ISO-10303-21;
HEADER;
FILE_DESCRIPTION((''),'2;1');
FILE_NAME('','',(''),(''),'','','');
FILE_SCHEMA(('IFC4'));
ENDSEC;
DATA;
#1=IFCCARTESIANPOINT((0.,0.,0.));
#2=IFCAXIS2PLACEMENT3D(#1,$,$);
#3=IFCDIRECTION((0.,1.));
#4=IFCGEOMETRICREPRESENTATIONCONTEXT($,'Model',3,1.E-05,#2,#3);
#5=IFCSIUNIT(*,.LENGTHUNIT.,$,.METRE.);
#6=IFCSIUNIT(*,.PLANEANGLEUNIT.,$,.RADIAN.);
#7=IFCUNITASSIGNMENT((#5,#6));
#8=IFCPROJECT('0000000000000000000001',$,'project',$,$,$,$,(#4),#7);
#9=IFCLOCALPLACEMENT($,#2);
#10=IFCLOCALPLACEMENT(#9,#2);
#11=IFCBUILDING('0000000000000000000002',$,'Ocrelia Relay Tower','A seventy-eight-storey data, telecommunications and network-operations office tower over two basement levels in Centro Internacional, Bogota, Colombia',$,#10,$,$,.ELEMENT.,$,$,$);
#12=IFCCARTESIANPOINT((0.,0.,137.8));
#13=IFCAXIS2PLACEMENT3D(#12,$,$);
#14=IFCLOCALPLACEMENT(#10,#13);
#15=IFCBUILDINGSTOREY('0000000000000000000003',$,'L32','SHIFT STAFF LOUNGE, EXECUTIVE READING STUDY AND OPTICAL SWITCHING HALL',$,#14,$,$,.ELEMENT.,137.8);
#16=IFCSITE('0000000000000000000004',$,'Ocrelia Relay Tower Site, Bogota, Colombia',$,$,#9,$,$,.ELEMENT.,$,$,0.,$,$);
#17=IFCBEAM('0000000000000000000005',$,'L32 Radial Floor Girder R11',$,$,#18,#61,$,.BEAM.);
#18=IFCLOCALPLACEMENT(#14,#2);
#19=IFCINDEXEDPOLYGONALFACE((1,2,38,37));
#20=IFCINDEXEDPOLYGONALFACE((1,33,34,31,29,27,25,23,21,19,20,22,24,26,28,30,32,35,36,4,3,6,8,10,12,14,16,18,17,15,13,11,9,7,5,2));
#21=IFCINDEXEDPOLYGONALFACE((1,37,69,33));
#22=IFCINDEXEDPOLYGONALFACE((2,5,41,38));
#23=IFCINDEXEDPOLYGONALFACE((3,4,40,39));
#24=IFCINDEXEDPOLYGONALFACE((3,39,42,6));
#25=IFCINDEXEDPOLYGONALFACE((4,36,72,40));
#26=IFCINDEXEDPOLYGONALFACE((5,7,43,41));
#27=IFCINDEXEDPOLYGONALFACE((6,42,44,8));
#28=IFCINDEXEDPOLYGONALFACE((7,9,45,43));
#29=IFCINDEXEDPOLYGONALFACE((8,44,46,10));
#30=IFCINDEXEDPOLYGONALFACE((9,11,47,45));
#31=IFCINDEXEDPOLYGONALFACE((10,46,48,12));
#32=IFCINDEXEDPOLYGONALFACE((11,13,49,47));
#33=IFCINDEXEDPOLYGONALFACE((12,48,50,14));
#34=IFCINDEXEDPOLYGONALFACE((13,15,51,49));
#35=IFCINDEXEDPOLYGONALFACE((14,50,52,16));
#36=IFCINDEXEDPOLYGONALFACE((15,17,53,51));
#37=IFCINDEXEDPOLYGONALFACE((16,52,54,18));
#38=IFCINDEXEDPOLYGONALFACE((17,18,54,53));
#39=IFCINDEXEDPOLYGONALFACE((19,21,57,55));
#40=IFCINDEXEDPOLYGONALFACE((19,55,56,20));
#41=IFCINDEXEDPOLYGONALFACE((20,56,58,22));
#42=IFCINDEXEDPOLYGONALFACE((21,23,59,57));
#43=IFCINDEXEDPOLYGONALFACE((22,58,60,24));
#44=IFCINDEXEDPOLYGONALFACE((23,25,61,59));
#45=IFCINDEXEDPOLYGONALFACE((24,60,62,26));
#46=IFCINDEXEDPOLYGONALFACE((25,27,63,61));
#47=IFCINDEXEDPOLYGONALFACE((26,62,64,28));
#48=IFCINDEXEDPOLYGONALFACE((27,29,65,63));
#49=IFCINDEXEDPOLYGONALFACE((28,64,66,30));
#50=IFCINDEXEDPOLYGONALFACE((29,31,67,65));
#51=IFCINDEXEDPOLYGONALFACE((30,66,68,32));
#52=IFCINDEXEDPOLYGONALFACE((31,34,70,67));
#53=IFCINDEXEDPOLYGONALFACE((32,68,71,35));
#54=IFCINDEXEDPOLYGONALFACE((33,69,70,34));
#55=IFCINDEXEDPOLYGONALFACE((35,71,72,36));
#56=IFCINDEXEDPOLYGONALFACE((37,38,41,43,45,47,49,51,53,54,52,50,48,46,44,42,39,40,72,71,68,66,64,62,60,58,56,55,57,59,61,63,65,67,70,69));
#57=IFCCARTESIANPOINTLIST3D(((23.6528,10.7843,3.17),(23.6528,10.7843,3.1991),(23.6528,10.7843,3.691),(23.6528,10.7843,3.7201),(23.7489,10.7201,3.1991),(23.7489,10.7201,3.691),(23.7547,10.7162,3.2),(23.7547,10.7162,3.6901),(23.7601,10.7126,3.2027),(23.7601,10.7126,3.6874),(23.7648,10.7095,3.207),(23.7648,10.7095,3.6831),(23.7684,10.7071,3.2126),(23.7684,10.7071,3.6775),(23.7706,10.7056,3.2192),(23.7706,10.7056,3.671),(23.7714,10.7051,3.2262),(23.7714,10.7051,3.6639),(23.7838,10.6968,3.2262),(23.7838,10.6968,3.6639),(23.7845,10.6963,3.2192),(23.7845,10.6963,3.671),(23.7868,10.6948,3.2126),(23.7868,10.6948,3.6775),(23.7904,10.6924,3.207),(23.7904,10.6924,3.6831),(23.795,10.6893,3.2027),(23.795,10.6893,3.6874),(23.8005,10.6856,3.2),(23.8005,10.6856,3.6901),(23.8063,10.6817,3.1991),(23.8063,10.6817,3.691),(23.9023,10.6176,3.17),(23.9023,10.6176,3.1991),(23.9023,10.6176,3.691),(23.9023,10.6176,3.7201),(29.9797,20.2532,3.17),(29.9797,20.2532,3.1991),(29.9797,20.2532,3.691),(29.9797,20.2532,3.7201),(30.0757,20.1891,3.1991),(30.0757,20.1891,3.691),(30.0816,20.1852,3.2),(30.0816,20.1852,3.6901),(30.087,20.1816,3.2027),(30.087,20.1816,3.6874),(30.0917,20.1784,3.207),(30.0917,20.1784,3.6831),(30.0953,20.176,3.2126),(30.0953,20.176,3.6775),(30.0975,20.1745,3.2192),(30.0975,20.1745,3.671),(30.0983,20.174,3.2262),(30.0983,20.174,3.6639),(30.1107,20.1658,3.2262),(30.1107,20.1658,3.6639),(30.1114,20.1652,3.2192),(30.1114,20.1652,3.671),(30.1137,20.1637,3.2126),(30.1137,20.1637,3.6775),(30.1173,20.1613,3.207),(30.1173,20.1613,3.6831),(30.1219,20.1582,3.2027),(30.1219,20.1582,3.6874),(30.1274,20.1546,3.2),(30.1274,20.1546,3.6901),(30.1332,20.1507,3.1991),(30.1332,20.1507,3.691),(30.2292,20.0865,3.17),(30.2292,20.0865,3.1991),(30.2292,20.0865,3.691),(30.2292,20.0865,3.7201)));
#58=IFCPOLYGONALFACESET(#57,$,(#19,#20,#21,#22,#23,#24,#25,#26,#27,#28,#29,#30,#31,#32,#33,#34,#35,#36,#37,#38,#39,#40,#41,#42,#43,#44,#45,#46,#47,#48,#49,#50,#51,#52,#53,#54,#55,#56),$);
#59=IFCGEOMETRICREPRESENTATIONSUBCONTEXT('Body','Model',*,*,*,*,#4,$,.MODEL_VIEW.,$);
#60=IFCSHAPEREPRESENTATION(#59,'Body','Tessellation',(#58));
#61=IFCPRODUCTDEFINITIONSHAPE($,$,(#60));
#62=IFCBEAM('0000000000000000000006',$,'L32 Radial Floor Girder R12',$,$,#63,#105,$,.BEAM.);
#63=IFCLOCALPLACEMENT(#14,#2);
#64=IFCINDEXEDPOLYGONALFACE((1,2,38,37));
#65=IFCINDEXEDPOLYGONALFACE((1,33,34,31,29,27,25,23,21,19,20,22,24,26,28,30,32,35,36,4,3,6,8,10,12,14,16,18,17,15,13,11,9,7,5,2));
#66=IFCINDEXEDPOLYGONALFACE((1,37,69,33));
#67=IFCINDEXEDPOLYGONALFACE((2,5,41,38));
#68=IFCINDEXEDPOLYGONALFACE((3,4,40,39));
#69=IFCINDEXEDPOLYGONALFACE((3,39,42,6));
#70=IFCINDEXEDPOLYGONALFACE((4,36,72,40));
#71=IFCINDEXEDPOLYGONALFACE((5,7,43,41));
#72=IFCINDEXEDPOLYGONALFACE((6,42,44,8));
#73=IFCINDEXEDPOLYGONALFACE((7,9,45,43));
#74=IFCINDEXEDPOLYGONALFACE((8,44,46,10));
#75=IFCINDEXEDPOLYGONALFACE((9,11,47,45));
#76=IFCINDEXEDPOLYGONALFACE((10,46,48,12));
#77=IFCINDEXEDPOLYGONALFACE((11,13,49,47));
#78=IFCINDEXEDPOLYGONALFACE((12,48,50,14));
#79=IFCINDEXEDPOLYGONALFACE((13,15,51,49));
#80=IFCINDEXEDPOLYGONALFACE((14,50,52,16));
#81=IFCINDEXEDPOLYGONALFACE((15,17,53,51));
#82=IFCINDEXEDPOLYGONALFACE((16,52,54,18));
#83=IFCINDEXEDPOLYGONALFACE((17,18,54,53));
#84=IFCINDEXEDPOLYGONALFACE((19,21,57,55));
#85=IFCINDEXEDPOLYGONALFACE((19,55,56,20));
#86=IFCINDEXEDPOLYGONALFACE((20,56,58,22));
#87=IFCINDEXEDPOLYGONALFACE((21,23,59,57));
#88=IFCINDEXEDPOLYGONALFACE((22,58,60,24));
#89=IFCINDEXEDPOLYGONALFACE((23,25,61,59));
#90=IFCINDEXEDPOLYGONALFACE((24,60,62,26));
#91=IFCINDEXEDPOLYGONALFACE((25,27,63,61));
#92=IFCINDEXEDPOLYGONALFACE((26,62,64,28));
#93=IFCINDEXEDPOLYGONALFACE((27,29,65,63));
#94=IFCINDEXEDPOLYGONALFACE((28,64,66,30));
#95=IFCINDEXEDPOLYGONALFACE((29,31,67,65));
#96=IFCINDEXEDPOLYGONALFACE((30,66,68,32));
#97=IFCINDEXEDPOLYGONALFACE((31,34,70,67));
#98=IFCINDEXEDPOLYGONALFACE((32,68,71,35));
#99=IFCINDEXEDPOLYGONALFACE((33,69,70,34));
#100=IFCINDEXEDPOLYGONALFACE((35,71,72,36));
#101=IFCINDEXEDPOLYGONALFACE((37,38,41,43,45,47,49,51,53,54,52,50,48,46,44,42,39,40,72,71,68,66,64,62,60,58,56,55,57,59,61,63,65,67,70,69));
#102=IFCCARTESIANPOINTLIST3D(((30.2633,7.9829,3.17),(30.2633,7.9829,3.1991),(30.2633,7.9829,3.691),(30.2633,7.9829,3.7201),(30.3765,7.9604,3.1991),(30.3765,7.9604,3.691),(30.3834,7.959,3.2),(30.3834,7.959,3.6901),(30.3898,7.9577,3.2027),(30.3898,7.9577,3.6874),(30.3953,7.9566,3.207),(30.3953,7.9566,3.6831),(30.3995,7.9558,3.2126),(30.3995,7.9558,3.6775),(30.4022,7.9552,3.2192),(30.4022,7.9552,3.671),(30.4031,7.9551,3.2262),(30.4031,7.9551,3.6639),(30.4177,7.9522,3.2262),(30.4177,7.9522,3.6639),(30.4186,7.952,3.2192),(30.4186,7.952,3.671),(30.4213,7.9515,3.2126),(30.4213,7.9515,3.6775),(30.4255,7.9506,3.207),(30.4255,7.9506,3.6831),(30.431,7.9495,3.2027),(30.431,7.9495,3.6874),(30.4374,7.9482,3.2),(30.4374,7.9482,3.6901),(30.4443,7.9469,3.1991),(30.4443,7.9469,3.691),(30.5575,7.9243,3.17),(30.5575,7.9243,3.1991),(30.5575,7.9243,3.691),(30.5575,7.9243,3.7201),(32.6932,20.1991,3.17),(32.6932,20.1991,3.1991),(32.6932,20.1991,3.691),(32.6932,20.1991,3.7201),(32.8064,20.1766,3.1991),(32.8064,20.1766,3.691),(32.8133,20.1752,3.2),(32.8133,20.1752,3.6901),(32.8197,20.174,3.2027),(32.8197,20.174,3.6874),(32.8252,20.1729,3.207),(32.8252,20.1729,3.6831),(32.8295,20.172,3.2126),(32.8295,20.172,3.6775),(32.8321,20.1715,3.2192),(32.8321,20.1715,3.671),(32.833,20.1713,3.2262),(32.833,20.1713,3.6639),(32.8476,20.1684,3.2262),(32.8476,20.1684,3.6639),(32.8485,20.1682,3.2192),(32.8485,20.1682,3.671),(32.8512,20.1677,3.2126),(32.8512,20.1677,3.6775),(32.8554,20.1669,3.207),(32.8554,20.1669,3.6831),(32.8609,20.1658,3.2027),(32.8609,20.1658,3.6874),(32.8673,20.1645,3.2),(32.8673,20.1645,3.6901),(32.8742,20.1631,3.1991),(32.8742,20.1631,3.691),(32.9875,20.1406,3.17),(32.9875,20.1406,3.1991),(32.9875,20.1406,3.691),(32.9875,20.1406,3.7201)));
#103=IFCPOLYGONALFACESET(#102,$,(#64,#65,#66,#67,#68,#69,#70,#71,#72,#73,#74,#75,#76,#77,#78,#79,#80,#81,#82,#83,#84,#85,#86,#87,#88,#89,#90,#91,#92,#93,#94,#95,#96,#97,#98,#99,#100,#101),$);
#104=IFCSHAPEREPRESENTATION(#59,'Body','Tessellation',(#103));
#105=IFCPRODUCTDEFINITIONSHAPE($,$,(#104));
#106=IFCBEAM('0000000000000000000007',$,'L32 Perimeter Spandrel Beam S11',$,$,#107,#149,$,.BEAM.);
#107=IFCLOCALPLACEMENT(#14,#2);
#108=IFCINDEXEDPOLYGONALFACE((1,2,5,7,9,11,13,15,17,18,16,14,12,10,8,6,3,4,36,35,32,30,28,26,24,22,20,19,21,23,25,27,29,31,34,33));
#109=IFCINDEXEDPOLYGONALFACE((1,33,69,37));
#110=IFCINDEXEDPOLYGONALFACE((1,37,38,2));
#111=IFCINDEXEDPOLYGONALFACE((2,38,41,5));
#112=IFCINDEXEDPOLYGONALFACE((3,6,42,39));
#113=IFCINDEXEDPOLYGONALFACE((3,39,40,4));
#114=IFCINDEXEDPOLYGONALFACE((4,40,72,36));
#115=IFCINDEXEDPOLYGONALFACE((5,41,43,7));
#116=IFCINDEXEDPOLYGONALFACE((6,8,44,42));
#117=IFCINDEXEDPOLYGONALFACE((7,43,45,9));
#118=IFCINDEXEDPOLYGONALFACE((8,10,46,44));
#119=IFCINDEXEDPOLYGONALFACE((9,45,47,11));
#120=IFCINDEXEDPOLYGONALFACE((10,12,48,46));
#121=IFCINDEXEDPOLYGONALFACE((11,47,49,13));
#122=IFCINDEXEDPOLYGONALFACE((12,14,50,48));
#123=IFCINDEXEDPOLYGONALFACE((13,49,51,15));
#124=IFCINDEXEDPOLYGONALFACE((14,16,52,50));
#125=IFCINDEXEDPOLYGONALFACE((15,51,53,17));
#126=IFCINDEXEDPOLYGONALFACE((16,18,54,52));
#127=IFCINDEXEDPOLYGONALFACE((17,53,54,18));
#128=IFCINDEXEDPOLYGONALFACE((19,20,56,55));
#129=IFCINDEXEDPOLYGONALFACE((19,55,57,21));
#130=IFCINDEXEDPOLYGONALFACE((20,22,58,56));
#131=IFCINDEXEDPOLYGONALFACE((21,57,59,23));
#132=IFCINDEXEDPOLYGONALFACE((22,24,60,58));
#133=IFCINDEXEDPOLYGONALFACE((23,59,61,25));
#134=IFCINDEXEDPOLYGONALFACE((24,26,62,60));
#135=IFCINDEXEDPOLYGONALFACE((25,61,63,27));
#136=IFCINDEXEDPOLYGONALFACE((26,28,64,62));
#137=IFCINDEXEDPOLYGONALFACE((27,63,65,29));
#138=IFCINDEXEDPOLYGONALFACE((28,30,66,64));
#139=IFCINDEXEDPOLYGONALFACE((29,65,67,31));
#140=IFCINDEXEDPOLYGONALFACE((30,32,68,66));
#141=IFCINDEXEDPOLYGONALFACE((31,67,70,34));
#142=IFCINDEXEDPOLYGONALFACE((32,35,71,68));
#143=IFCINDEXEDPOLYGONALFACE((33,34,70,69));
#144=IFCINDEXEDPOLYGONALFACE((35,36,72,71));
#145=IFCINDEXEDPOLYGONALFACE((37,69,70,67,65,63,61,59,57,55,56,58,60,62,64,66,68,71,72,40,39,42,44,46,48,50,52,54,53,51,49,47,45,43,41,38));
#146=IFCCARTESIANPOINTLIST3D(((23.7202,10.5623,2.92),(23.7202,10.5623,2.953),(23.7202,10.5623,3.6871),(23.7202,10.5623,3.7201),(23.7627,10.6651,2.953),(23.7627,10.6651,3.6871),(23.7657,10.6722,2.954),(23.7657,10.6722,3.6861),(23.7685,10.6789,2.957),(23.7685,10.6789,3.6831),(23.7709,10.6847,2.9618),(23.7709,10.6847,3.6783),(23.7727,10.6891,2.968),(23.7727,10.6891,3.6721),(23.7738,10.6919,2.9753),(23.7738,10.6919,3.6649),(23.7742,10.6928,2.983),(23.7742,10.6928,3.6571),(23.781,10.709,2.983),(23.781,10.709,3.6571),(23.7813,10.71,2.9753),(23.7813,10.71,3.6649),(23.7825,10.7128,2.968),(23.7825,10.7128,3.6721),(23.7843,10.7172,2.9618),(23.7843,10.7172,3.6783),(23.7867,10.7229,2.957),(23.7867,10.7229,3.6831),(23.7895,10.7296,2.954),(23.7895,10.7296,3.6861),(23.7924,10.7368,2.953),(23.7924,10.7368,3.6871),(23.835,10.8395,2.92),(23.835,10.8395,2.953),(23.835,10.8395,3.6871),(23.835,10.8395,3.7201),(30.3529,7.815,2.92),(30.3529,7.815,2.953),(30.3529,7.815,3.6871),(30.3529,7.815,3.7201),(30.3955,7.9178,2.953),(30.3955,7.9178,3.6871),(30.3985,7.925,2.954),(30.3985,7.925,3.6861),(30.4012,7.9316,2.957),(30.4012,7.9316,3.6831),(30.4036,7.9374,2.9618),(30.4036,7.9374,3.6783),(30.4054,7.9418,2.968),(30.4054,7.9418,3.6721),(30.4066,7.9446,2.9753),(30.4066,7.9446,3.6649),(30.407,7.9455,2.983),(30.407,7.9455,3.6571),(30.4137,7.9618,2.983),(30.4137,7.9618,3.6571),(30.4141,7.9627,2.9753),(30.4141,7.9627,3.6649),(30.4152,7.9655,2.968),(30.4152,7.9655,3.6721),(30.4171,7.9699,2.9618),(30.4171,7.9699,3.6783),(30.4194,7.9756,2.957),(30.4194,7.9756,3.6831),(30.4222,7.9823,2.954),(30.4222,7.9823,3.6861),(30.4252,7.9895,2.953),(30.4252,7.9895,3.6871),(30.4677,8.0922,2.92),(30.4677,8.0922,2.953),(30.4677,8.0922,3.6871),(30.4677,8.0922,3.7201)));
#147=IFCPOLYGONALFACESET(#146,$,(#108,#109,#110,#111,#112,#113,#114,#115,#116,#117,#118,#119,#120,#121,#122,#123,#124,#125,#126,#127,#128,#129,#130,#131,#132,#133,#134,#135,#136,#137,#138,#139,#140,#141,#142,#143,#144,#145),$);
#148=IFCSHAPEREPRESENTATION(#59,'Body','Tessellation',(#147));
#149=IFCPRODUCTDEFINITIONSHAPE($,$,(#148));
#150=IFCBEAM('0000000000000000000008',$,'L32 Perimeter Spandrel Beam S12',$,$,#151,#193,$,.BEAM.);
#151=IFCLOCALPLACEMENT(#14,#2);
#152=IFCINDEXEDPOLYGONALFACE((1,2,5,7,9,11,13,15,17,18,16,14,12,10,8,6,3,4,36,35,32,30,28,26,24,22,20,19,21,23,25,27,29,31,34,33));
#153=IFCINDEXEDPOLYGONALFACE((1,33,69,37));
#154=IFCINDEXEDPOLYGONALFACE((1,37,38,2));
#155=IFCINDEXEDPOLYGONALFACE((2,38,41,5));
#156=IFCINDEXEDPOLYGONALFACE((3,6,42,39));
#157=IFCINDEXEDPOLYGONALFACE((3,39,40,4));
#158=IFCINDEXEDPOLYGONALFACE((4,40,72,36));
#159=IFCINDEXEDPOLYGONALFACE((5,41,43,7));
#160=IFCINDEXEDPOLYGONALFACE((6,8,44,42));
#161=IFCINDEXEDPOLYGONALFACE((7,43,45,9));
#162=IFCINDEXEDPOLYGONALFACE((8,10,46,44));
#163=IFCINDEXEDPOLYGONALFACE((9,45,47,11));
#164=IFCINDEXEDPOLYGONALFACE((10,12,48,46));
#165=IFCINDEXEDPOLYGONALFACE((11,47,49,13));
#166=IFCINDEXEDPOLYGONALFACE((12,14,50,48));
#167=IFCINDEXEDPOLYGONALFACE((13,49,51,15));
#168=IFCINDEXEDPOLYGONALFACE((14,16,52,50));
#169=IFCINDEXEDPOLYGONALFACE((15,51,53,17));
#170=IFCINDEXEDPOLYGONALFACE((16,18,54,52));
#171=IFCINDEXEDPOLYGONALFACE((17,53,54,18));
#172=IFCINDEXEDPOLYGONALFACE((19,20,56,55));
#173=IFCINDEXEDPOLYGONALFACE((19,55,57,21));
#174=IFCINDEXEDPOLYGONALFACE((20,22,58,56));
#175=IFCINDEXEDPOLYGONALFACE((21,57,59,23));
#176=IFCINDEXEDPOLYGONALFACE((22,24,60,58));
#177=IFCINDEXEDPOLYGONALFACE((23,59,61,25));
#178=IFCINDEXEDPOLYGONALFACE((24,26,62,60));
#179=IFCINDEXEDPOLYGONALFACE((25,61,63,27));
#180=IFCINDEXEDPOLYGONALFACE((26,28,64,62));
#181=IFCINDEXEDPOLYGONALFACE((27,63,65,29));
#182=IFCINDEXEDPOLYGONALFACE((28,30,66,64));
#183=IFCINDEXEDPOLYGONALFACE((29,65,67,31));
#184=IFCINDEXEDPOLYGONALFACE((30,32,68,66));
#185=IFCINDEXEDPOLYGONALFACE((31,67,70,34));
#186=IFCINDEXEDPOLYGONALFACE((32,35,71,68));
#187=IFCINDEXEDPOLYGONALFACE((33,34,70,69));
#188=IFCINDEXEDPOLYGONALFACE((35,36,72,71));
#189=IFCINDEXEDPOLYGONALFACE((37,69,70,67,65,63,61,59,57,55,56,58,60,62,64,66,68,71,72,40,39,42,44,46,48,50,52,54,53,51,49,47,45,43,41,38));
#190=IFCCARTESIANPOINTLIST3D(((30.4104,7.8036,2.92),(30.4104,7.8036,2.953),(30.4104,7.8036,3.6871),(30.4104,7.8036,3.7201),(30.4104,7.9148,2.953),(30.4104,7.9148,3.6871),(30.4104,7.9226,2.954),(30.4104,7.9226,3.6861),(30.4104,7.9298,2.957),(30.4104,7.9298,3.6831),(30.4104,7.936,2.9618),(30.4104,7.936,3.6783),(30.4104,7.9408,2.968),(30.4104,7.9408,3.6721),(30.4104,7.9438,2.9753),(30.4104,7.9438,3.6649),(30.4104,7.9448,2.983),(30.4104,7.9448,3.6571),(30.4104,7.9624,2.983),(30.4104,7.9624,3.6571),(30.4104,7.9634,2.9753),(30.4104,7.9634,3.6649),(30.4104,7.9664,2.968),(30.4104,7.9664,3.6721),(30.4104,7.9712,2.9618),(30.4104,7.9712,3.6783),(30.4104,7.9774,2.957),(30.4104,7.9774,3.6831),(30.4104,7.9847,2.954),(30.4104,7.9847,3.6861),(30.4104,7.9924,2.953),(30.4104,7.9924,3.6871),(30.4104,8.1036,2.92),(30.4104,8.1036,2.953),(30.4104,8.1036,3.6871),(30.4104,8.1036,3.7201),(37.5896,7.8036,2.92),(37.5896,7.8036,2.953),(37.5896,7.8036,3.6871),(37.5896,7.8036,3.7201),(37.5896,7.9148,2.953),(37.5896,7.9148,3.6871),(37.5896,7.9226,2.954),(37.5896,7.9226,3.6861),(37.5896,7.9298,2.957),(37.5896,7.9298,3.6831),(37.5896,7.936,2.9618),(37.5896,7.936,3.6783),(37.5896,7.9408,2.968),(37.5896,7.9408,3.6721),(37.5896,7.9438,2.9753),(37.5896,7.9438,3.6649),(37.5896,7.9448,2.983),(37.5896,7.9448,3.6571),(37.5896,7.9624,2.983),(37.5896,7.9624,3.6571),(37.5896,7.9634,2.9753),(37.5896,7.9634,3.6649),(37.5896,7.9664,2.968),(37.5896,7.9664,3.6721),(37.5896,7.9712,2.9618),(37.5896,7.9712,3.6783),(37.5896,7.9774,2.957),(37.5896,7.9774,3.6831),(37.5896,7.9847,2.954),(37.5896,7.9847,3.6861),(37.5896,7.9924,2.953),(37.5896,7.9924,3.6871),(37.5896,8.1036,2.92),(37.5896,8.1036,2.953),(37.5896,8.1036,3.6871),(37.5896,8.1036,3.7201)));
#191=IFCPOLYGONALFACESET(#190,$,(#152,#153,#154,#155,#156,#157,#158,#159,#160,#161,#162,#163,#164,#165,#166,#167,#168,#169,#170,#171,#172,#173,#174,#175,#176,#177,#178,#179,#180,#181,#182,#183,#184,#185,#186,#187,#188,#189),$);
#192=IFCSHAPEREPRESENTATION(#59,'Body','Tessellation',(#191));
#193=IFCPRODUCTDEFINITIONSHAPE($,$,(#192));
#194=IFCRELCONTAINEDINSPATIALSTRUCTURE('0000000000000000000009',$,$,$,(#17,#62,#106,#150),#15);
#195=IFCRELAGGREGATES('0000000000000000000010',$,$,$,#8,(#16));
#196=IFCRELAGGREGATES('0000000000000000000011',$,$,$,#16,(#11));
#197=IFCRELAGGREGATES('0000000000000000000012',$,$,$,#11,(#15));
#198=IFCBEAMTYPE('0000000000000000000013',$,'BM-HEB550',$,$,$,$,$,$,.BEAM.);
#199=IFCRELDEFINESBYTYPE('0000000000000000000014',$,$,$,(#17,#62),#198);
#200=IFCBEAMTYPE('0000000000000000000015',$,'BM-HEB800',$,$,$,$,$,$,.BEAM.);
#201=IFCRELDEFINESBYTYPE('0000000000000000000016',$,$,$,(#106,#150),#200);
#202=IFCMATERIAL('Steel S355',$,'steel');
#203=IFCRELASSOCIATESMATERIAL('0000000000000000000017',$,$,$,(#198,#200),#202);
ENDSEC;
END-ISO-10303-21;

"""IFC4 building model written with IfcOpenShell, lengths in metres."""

from ifc_helpers import new_model, si_unit, direction, frame, origin, origin_2d, place, context, subcontext, project, spatial, i_section, extrude, material, material_profile, profile_set, type_object, element, save


model = new_model("IFC4")

# Units and contexts
model_context = context("Model", 3, precision=1e-05, world=origin(), true_north=direction((0.0, 1.0)))
body_context = subcontext(model_context, "Body", "Model", "MODEL_VIEW")
ifc_project = project(units=[si_unit("LENGTHUNIT", "METRE"), si_unit("PLANEANGLEUNIT", "RADIAN")], contexts=[model_context])

# Site, building, storey
site_placement = place(None, origin())
site = spatial("IfcSite", under=ifc_project, at=site_placement, Name="Ocrelia Relay Tower Site, Bogota, Colombia", CompositionType="ELEMENT", RefElevation=0.0)
building_placement = place(site_placement, origin())
building = spatial("IfcBuilding", under=site, at=building_placement, Name="Ocrelia Relay Tower", Description="A seventy-eight-storey data, telecommunications and network-operations office tower over two basement levels in Centro Internacional, Bogota, Colombia", CompositionType="ELEMENT")
storey_placement = place(building_placement, frame((0.0, 0.0, 137.8)))
storey = spatial("IfcBuildingStorey", under=building, at=storey_placement, Name="L32", Description="SHIFT STAFF LOUNGE, EXECUTIVE READING STUDY AND OPTICAL SWITCHING HALL", CompositionType="ELEMENT", Elevation=137.8)

# Beams
ifc_material_1 = material(Name="Steel S355", Category="steel")
ifc_material_profile_1 = material_profile(ifc_material_1, i_section(OverallWidth=0.3, OverallDepth=0.55, WebThickness=0.0149, FlangeThickness=0.0291, FilletRadius=0.0271, at=origin_2d()), Name="HEB 550")
ifc_profile_set_1 = profile_set([ifc_material_profile_1], Name="Steel S355")
beam_type_1 = type_object("IfcBeamType", Name="BM-HEB550", PredefinedType="BEAM", material=ifc_profile_set_1)
beam_1_placement = place(storey_placement, frame((23.7776, 10.7009, 3.4451), z_axis=(0.555566, 0.831473, 0.0), x_axis=(-0.831473, 0.555566, 0.0)))
element("IfcBeam", 1, at=beam_1_placement, inside=storey, type_object=beam_type_1, Name="L32 Radial Floor Girder R11", PredefinedType="BEAM", context=body_context, shape_type="SweptSolid", body=[
    extrude(i_section(OverallWidth=0.3, OverallDepth=0.55, WebThickness=0.0149, FlangeThickness=0.0291, FilletRadius=0.0271, at=origin_2d()), origin(), (0.0, 0.0, 1.0), 11.3882),
])
beam_2_placement = place(storey_placement, frame((30.4104, 7.9536, 3.4451), z_axis=(0.195087, 0.980786, 0.0), x_axis=(-0.980786, 0.195087, 0.0)))
element("IfcBeam", 2, at=beam_2_placement, inside=storey, type_object=beam_type_1, Name="L32 Radial Floor Girder R12", PredefinedType="BEAM", context=body_context, shape_type="SweptSolid", body=[
    extrude(i_section(OverallWidth=0.3, OverallDepth=0.55, WebThickness=0.0149, FlangeThickness=0.0291, FilletRadius=0.0271, at=origin_2d()), origin(), (0.0, 0.0, 1.0), 12.4556),
])
ifc_material_profile_2 = material_profile(ifc_material_1, i_section(OverallWidth=0.3, OverallDepth=0.8, WebThickness=0.0176, FlangeThickness=0.033, FilletRadius=0.03, at=origin_2d()), Name="HEB 800")
ifc_profile_set_2 = profile_set([ifc_material_profile_2], Name="Steel S355")
beam_type_2 = type_object("IfcBeamType", Name="BM-HEB800", PredefinedType="BEAM", material=ifc_profile_set_2)
for number, where, z_axis, x_axis, name in (
    (3, (23.7776, 10.7009, 3.3201), (0.923884, -0.382673, 0.0), (0.382673, 0.923884, 0.0), "L32 Perimeter Spandrel Beam S11"),
    (4, (30.4104, 7.9536, 3.3201), (1.0, 0.0, 0.0), (0.0, 1.0, 0.0), "L32 Perimeter Spandrel Beam S12"),
):
    element("IfcBeam", number, at=place(storey_placement, frame(where, z_axis=z_axis, x_axis=x_axis)), inside=storey, type_object=beam_type_2, Name=name, PredefinedType="BEAM", context=body_context, shape_type="SweptSolid", body=[
        extrude(i_section(OverallWidth=0.3, OverallDepth=0.8, WebThickness=0.0176, FlangeThickness=0.033, FilletRadius=0.03, at=origin_2d()), origin(), (0.0, 0.0, 1.0), 7.1792),
    ])

save(model, "model.ifc")
